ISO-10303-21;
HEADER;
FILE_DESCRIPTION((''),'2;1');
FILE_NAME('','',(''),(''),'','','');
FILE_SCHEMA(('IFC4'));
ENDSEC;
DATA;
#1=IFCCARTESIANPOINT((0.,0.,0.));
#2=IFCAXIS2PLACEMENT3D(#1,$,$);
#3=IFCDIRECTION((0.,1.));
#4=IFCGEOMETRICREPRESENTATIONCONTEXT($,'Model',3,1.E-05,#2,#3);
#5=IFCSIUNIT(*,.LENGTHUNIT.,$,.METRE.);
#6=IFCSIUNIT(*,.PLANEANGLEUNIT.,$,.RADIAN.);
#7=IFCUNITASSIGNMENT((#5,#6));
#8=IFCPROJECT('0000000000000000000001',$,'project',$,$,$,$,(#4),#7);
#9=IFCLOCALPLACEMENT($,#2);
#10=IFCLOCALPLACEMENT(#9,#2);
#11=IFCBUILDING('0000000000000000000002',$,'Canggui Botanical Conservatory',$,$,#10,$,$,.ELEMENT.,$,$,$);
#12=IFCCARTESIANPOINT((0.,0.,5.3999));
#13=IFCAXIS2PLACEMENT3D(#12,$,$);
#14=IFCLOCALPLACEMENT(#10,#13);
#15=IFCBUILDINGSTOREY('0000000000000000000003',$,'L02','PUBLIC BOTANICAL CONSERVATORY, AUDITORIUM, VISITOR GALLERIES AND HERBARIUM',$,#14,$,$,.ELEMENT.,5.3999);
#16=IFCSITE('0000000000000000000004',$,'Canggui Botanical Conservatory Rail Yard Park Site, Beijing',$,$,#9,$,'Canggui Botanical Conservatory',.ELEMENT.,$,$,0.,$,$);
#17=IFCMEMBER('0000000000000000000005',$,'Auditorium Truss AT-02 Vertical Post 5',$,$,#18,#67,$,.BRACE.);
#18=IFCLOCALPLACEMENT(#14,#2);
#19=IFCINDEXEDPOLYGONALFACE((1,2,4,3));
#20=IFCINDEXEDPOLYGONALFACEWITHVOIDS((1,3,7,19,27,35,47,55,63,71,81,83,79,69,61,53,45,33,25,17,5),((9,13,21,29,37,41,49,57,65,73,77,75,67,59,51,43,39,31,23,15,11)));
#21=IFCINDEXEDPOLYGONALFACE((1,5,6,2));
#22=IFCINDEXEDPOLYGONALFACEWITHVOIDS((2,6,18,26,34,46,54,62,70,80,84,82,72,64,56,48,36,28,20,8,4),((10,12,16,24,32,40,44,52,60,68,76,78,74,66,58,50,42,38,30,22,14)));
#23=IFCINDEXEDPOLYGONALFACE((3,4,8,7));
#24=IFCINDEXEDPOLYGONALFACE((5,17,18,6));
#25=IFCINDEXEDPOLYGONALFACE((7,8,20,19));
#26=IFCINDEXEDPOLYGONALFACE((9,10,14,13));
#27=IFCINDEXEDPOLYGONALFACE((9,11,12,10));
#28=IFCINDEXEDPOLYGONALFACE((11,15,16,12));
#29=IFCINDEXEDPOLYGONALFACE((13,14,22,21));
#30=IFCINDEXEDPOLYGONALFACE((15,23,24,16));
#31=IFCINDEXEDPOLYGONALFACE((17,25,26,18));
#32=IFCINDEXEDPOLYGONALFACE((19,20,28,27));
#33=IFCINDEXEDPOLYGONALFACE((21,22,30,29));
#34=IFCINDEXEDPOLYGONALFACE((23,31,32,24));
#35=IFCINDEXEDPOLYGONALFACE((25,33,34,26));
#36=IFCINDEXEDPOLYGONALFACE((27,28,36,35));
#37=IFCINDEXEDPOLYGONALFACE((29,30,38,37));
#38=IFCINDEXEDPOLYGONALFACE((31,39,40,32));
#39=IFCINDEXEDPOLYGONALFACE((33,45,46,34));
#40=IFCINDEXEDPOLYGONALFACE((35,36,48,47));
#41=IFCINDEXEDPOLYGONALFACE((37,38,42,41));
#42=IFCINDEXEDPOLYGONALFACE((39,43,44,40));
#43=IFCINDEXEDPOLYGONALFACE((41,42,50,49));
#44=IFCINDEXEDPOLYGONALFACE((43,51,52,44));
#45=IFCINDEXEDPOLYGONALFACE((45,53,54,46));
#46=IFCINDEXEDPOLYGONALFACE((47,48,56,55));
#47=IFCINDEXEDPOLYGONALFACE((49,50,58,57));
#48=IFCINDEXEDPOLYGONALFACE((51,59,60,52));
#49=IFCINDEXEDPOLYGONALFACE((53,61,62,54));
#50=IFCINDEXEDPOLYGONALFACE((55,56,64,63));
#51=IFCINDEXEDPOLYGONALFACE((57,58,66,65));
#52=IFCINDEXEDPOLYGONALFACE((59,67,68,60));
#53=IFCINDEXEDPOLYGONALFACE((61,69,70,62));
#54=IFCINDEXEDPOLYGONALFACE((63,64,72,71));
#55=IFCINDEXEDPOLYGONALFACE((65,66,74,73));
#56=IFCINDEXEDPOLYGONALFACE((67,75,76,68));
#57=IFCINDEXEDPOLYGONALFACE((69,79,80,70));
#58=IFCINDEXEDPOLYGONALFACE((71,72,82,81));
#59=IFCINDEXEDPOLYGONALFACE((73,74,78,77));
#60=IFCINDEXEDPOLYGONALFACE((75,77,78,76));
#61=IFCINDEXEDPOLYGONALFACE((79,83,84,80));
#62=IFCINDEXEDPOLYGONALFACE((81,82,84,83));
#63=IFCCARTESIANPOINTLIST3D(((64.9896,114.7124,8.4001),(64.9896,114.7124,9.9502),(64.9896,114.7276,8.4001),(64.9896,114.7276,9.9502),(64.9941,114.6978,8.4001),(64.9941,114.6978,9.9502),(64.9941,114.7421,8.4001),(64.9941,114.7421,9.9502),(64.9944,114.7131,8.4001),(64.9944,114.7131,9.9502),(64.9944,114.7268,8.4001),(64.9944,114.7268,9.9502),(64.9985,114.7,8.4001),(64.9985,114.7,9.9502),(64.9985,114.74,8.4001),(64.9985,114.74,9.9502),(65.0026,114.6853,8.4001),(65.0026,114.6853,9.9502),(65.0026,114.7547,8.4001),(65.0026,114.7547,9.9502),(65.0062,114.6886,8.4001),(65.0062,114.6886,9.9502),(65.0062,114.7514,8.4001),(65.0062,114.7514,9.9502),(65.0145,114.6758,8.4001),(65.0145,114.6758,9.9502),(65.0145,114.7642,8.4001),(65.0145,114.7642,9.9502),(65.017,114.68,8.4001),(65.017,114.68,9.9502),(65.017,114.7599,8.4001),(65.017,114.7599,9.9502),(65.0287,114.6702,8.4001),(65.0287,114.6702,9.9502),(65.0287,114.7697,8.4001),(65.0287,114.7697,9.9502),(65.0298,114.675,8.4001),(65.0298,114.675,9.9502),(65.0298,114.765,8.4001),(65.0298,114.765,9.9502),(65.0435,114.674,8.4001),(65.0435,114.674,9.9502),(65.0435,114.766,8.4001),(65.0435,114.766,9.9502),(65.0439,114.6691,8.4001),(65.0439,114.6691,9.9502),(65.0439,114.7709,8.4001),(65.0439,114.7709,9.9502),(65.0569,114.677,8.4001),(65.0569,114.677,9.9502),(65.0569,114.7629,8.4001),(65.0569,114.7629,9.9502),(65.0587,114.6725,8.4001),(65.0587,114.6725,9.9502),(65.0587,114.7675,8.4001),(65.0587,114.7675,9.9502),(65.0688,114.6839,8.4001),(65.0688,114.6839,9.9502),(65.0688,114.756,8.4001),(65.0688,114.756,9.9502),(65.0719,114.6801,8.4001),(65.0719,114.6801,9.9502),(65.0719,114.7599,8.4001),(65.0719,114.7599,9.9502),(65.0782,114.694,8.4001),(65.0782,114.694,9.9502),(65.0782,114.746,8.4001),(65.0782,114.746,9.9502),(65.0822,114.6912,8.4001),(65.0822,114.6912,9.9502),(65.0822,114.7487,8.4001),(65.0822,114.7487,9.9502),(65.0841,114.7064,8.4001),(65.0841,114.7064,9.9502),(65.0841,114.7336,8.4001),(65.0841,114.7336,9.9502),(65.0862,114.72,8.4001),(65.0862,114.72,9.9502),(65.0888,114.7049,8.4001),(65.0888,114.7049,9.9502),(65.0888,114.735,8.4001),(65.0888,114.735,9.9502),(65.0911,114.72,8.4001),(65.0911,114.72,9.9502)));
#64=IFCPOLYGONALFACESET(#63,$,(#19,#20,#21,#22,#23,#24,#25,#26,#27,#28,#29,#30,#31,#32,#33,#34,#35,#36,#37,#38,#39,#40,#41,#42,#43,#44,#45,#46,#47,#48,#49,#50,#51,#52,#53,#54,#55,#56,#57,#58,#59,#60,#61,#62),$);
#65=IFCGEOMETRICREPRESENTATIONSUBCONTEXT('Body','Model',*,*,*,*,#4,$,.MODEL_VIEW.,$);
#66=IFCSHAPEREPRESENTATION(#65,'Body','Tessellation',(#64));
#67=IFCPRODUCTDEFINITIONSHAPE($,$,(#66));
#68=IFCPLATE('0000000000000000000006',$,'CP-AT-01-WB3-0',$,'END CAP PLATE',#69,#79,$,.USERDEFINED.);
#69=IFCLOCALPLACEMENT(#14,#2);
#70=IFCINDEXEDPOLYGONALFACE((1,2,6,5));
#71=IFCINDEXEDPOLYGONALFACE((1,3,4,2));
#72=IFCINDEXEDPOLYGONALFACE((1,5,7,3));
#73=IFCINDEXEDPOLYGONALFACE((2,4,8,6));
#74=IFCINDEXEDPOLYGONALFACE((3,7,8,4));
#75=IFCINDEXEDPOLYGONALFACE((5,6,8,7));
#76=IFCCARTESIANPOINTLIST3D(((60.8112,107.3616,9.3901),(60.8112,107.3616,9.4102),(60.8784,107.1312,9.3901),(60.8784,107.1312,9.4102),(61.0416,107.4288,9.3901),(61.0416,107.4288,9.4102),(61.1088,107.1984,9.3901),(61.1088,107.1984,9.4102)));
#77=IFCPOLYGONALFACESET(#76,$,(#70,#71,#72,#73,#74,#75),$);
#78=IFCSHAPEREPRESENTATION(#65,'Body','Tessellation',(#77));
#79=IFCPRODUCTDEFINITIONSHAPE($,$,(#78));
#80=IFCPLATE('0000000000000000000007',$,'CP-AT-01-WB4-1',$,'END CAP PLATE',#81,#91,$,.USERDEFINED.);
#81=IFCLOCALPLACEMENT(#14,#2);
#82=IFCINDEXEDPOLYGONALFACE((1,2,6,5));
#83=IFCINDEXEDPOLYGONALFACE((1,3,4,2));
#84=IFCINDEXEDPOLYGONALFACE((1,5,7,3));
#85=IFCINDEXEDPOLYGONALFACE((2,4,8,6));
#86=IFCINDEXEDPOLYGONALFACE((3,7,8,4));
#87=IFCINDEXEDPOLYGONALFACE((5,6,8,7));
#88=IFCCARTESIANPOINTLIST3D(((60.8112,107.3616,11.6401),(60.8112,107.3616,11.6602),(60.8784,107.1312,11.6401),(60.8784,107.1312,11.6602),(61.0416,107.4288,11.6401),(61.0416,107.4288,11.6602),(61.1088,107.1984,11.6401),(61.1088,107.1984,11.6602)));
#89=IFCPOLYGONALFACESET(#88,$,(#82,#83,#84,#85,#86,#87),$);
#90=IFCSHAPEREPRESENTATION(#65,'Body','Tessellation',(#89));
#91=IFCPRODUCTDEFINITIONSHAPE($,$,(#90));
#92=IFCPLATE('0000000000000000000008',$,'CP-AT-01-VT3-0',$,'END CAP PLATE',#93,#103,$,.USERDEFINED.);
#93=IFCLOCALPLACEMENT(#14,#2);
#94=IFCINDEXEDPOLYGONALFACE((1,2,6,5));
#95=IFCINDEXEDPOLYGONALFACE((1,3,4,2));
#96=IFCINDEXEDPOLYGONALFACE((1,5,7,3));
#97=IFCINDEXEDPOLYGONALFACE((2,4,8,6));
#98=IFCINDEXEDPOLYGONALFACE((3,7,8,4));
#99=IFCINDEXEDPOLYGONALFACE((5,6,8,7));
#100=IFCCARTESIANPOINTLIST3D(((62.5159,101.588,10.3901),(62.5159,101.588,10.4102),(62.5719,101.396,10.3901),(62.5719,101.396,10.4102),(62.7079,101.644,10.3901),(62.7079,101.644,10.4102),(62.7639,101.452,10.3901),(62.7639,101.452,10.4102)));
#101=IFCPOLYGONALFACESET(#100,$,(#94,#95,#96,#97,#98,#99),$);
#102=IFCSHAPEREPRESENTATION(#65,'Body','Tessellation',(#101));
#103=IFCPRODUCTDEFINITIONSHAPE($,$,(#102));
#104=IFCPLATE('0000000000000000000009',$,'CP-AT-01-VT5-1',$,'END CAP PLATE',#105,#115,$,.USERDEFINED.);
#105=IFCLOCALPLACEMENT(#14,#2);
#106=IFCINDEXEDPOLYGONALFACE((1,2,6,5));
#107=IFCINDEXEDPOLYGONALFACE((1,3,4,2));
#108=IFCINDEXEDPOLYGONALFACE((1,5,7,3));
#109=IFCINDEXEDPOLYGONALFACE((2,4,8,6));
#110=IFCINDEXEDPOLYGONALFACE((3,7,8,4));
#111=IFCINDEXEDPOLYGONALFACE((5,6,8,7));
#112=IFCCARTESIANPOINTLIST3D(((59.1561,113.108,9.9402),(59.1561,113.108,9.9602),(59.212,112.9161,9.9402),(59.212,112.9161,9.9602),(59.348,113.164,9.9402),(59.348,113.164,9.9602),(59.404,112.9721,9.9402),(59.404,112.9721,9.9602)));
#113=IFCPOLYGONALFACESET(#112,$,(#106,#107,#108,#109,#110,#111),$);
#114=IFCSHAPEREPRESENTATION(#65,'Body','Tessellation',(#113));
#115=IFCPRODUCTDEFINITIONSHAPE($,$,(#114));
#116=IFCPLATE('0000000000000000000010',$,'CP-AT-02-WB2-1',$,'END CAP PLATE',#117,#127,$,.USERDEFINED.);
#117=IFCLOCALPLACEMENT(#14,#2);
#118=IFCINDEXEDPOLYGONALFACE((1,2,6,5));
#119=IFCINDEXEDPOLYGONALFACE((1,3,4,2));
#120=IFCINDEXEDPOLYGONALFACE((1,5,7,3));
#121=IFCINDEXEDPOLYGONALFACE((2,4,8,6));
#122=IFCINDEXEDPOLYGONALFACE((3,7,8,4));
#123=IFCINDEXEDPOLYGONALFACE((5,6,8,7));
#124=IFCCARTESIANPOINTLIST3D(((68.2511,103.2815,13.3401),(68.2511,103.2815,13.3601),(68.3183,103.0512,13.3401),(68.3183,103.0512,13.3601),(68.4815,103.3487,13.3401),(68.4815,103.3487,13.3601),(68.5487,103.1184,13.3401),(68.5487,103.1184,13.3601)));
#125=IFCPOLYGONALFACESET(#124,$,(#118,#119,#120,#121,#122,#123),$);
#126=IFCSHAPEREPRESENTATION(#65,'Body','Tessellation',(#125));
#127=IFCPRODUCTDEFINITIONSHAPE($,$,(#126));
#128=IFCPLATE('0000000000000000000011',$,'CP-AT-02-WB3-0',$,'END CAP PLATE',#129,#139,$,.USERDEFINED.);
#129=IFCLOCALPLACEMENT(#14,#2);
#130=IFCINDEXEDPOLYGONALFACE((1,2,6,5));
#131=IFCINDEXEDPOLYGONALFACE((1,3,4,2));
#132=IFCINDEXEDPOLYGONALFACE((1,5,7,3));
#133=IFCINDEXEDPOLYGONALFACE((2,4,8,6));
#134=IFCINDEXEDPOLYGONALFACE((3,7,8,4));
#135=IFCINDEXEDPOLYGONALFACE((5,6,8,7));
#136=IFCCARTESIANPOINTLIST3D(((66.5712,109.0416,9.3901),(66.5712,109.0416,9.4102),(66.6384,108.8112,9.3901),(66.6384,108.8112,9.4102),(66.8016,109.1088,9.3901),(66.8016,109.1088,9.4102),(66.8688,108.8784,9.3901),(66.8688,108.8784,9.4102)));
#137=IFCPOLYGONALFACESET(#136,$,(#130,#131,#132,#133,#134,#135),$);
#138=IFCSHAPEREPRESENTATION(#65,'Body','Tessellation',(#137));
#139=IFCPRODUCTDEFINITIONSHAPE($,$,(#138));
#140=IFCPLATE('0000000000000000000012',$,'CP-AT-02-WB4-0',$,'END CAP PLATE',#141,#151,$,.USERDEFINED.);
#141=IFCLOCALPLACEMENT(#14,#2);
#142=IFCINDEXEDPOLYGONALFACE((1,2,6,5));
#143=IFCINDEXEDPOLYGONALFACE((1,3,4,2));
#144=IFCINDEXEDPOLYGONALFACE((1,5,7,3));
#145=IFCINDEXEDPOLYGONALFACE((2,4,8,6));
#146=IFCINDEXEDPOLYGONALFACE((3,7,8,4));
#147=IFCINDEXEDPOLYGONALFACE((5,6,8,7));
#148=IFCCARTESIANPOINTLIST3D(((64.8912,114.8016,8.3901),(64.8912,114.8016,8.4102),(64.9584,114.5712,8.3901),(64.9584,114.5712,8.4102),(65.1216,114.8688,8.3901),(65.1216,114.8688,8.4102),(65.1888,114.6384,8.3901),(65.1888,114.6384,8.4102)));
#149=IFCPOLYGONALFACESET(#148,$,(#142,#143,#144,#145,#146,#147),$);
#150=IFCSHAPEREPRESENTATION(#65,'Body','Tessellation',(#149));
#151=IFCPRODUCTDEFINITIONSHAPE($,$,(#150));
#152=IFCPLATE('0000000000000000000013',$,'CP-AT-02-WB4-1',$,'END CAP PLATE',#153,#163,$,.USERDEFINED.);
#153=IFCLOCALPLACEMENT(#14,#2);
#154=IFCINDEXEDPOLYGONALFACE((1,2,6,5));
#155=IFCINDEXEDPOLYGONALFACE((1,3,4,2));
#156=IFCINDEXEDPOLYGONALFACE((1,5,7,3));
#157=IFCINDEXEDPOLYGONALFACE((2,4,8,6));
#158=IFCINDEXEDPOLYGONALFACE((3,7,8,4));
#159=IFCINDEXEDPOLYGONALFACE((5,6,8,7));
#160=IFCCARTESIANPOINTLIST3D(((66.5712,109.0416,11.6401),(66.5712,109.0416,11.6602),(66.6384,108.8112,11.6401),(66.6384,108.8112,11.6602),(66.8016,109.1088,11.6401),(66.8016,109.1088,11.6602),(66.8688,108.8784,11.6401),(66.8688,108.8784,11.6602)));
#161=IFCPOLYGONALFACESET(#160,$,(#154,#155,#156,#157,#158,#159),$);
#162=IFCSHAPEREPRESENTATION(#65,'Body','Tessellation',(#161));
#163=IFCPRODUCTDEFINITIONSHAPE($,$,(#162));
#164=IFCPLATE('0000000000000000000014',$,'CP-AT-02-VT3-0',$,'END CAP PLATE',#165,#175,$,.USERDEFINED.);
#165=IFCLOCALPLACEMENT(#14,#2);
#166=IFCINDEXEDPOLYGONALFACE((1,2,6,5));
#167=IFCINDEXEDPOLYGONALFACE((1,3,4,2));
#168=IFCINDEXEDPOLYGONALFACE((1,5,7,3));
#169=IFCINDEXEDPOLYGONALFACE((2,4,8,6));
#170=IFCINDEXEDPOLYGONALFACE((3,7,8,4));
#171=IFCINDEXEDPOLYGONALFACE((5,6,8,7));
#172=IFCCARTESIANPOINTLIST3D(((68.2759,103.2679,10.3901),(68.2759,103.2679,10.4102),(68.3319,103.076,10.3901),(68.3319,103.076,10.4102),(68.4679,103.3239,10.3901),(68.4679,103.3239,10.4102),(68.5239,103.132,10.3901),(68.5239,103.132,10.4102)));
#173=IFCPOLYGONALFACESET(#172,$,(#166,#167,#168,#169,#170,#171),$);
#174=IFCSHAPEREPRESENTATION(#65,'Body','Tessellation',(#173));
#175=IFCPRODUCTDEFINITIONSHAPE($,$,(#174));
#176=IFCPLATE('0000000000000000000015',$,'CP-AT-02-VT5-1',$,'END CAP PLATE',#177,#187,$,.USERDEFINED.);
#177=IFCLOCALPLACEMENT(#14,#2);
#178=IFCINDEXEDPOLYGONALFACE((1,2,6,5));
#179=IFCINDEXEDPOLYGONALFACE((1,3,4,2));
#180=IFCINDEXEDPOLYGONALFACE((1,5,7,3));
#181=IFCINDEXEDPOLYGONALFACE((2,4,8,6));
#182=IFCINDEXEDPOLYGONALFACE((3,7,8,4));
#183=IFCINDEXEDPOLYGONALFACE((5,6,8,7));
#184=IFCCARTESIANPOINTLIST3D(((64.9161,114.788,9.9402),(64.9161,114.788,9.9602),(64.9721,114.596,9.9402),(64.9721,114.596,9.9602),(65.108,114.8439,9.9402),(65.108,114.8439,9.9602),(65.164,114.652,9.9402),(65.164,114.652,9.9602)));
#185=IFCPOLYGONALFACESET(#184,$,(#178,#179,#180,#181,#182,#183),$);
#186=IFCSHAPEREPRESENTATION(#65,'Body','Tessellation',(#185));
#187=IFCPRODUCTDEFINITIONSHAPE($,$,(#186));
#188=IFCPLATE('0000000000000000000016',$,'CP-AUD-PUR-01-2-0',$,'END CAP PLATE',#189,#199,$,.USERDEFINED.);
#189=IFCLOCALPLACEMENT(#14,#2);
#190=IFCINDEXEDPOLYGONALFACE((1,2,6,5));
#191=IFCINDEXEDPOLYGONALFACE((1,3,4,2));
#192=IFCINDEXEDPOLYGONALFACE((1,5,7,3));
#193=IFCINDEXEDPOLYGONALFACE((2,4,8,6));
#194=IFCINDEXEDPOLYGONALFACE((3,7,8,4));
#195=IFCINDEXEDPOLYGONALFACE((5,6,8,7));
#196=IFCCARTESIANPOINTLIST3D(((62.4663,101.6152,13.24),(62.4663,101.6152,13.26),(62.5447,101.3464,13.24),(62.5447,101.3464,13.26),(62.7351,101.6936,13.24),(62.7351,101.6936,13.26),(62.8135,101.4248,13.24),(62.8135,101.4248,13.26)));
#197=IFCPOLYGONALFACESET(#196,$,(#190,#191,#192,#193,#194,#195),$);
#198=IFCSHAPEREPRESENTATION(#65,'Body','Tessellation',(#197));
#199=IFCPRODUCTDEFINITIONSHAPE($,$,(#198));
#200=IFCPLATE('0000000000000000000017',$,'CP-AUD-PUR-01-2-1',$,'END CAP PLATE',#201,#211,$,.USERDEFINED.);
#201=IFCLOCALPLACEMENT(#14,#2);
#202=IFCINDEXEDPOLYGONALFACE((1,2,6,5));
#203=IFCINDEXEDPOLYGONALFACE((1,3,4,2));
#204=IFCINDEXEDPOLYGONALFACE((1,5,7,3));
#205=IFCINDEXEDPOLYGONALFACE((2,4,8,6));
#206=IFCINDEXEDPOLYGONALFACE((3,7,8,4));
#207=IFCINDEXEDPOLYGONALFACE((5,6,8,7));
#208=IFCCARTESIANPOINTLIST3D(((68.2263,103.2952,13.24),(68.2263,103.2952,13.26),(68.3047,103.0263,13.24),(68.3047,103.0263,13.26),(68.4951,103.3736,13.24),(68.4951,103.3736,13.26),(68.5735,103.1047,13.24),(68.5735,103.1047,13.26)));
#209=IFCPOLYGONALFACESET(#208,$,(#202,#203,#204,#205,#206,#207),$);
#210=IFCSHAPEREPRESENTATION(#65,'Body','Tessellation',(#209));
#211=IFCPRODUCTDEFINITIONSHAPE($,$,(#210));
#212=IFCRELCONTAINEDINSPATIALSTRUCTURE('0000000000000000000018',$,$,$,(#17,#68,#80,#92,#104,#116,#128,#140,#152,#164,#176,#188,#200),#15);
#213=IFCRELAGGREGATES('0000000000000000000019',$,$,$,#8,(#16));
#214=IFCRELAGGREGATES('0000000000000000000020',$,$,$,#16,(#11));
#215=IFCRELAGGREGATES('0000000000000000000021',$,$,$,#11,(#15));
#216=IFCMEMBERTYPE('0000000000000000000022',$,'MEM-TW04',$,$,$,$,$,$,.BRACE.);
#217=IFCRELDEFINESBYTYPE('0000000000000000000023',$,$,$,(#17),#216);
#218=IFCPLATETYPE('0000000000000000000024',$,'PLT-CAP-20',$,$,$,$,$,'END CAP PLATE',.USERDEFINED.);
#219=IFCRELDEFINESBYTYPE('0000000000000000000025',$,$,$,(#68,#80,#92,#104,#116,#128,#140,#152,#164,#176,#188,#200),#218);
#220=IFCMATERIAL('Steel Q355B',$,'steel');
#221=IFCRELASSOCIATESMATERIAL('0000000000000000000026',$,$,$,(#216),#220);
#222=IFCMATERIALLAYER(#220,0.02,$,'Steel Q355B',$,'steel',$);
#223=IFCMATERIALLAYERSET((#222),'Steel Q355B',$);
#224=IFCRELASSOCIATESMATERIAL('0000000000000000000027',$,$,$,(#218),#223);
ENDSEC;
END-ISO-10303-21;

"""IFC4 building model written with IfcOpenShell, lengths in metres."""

from ifc_helpers import new_model, si_unit, direction, frame, origin, origin_2d, place, context, subcontext, project, spatial, rectangle, hollow_circle, extrude, material, layer, layer_set, material_profile, profile_set, type_object, element, save


model = new_model("IFC4")

# Units and contexts
model_context = context("Model", 3, precision=1e-05, world=origin(), true_north=direction((0.0, 1.0)))
body_context = subcontext(model_context, "Body", "Model", "MODEL_VIEW")
ifc_project = project(units=[si_unit("LENGTHUNIT", "METRE"), si_unit("PLANEANGLEUNIT", "RADIAN")], contexts=[model_context])

# Site, building, storey
site_placement = place(None, origin())
site = spatial("IfcSite", under=ifc_project, at=site_placement, Name="Canggui Botanical Conservatory Rail Yard Park Site, Beijing", LongName="Canggui Botanical Conservatory", CompositionType="ELEMENT", RefElevation=0.0)
building_placement = place(site_placement, origin())
building = spatial("IfcBuilding", under=site, at=building_placement, Name="Canggui Botanical Conservatory", CompositionType="ELEMENT")
storey_placement = place(building_placement, frame((0.0, 0.0, 5.3999)))
storey = spatial("IfcBuildingStorey", under=building, at=storey_placement, Name="L02", Description="PUBLIC BOTANICAL CONSERVATORY, AUDITORIUM, VISITOR GALLERIES AND HERBARIUM", CompositionType="ELEMENT", Elevation=5.3999)

# Member
ifc_material_1 = material(Name="Steel Q355B", Category="steel")
ifc_material_profile_1 = material_profile(ifc_material_1, hollow_circle(Radius=0.051, WallThickness=0.0049, at=origin_2d()), Name="CHS 102x5")
ifc_profile_set_1 = profile_set([ifc_material_profile_1], Name="Steel Q355B")
member_type_1 = type_object("IfcMemberType", Name="MEM-TW04", PredefinedType="BRACE", material=ifc_profile_set_1)
member_1_placement = place(storey_placement, frame((65.04, 114.72, 8.4001), z_axis=(0.0, 0.0, 1.0), x_axis=(1.0, 0.0, 0.0)))
element("IfcMember", 1, at=member_1_placement, inside=storey, type_object=member_type_1, Name="Auditorium Truss AT-02 Vertical Post 5", PredefinedType="BRACE", context=body_context, shape_type="SweptSolid", body=[
    extrude(hollow_circle(Radius=0.051, WallThickness=0.0049, at=origin_2d()), origin(), (0.0, 0.0, 1.0), 1.55),
])

# Plates
ifc_layer_1 = layer(ifc_material_1, 0.02, Name="Steel Q355B", Category="steel")
ifc_layer_set_1 = layer_set([ifc_layer_1], Name="Steel Q355B")
plate_type = type_object("IfcPlateType", Name="PLT-CAP-20", ElementType="END CAP PLATE", PredefinedType="USERDEFINED", material=ifc_layer_set_1)
for number, where, z_axis, x_axis, name in (
    (2, (60.96, 107.28, 9.3901), (0.0, 0.0, 1.0), (0.96, 0.28, 0.0), "CP-AT-01-WB3-0"),
    (3, (60.96, 107.28, 11.6401), (0.0, 0.0, 1.0), (0.96, 0.28, 0.0), "CP-AT-01-WB4-1"),
):
    element("IfcPlate", number, at=place(storey_placement, frame(where, z_axis=z_axis, x_axis=x_axis)), inside=storey, type_object=plate_type, Name=name, ObjectType="END CAP PLATE", PredefinedType="USERDEFINED", context=body_context, shape_type="SweptSolid", body=[
        extrude(rectangle(XDim=0.24, YDim=0.24, at=origin_2d()), origin(), (0.0, 0.0, 1.0), 0.02),
    ])
for number, where, z_axis, x_axis, name in (
    (4, (62.6399, 101.52, 10.3901), (0.0, 0.0, 1.0), (0.96, 0.28, 0.0), "CP-AT-01-VT3-0"),
    (5, (59.28, 113.04, 9.9402), (0.0, 0.0, 1.0), (0.96, 0.28, 0.0), "CP-AT-01-VT5-1"),
):
    element("IfcPlate", number, at=place(storey_placement, frame(where, z_axis=z_axis, x_axis=x_axis)), inside=storey, type_object=plate_type, Name=name, ObjectType="END CAP PLATE", PredefinedType="USERDEFINED", context=body_context, shape_type="SweptSolid", body=[
        extrude(rectangle(XDim=0.2, YDim=0.2, at=origin_2d()), origin(), (0.0, 0.0, 1.0), 0.02),
    ])
for number, where, z_axis, x_axis, name in (
    (6, (68.3999, 103.2, 13.3401), (0.0, 0.0, 1.0), (0.96, 0.28, 0.0), "CP-AT-02-WB2-1"),
    (7, (66.72, 108.96, 9.3901), (0.0, 0.0, 1.0), (0.96, 0.28, 0.0), "CP-AT-02-WB3-0"),
    (8, (65.04, 114.72, 8.3901), (0.0, 0.0, 1.0), (0.96, 0.28, 0.0), "CP-AT-02-WB4-0"),
    (9, (66.72, 108.96, 11.6401), (0.0, 0.0, 1.0), (0.96, 0.28, 0.0), "CP-AT-02-WB4-1"),
):
    element("IfcPlate", number, at=place(storey_placement, frame(where, z_axis=z_axis, x_axis=x_axis)), inside=storey, type_object=plate_type, Name=name, ObjectType="END CAP PLATE", PredefinedType="USERDEFINED", context=body_context, shape_type="SweptSolid", body=[
        extrude(rectangle(XDim=0.24, YDim=0.24, at=origin_2d()), origin(), (0.0, 0.0, 1.0), 0.02),
    ])
for number, where, z_axis, x_axis, name in (
    (10, (68.3999, 103.2, 10.3901), (0.0, 0.0, 1.0), (0.96, 0.28, 0.0), "CP-AT-02-VT3-0"),
    (11, (65.04, 114.72, 9.9402), (0.0, 0.0, 1.0), (0.96, 0.28, 0.0), "CP-AT-02-VT5-1"),
):
    element("IfcPlate", number, at=place(storey_placement, frame(where, z_axis=z_axis, x_axis=x_axis)), inside=storey, type_object=plate_type, Name=name, ObjectType="END CAP PLATE", PredefinedType="USERDEFINED", context=body_context, shape_type="SweptSolid", body=[
        extrude(rectangle(XDim=0.2, YDim=0.2, at=origin_2d()), origin(), (0.0, 0.0, 1.0), 0.02),
    ])
for number, where, z_axis, x_axis, name in (
    (12, (62.6399, 101.52, 13.24), (0.0, 0.0, 1.0), (0.96, 0.28, 0.0), "CP-AUD-PUR-01-2-0"),
    (13, (68.3999, 103.2, 13.24), (0.0, 0.0, 1.0), (0.96, 0.28, 0.0), "CP-AUD-PUR-01-2-1"),
):
    element("IfcPlate", number, at=place(storey_placement, frame(where, z_axis=z_axis, x_axis=x_axis)), inside=storey, type_object=plate_type, Name=name, ObjectType="END CAP PLATE", PredefinedType="USERDEFINED", context=body_context, shape_type="SweptSolid", body=[
        extrude(rectangle(XDim=0.28, YDim=0.28, at=origin_2d()), origin(), (0.0, 0.0, 1.0), 0.02),
    ])

save(model, "model.ifc")
